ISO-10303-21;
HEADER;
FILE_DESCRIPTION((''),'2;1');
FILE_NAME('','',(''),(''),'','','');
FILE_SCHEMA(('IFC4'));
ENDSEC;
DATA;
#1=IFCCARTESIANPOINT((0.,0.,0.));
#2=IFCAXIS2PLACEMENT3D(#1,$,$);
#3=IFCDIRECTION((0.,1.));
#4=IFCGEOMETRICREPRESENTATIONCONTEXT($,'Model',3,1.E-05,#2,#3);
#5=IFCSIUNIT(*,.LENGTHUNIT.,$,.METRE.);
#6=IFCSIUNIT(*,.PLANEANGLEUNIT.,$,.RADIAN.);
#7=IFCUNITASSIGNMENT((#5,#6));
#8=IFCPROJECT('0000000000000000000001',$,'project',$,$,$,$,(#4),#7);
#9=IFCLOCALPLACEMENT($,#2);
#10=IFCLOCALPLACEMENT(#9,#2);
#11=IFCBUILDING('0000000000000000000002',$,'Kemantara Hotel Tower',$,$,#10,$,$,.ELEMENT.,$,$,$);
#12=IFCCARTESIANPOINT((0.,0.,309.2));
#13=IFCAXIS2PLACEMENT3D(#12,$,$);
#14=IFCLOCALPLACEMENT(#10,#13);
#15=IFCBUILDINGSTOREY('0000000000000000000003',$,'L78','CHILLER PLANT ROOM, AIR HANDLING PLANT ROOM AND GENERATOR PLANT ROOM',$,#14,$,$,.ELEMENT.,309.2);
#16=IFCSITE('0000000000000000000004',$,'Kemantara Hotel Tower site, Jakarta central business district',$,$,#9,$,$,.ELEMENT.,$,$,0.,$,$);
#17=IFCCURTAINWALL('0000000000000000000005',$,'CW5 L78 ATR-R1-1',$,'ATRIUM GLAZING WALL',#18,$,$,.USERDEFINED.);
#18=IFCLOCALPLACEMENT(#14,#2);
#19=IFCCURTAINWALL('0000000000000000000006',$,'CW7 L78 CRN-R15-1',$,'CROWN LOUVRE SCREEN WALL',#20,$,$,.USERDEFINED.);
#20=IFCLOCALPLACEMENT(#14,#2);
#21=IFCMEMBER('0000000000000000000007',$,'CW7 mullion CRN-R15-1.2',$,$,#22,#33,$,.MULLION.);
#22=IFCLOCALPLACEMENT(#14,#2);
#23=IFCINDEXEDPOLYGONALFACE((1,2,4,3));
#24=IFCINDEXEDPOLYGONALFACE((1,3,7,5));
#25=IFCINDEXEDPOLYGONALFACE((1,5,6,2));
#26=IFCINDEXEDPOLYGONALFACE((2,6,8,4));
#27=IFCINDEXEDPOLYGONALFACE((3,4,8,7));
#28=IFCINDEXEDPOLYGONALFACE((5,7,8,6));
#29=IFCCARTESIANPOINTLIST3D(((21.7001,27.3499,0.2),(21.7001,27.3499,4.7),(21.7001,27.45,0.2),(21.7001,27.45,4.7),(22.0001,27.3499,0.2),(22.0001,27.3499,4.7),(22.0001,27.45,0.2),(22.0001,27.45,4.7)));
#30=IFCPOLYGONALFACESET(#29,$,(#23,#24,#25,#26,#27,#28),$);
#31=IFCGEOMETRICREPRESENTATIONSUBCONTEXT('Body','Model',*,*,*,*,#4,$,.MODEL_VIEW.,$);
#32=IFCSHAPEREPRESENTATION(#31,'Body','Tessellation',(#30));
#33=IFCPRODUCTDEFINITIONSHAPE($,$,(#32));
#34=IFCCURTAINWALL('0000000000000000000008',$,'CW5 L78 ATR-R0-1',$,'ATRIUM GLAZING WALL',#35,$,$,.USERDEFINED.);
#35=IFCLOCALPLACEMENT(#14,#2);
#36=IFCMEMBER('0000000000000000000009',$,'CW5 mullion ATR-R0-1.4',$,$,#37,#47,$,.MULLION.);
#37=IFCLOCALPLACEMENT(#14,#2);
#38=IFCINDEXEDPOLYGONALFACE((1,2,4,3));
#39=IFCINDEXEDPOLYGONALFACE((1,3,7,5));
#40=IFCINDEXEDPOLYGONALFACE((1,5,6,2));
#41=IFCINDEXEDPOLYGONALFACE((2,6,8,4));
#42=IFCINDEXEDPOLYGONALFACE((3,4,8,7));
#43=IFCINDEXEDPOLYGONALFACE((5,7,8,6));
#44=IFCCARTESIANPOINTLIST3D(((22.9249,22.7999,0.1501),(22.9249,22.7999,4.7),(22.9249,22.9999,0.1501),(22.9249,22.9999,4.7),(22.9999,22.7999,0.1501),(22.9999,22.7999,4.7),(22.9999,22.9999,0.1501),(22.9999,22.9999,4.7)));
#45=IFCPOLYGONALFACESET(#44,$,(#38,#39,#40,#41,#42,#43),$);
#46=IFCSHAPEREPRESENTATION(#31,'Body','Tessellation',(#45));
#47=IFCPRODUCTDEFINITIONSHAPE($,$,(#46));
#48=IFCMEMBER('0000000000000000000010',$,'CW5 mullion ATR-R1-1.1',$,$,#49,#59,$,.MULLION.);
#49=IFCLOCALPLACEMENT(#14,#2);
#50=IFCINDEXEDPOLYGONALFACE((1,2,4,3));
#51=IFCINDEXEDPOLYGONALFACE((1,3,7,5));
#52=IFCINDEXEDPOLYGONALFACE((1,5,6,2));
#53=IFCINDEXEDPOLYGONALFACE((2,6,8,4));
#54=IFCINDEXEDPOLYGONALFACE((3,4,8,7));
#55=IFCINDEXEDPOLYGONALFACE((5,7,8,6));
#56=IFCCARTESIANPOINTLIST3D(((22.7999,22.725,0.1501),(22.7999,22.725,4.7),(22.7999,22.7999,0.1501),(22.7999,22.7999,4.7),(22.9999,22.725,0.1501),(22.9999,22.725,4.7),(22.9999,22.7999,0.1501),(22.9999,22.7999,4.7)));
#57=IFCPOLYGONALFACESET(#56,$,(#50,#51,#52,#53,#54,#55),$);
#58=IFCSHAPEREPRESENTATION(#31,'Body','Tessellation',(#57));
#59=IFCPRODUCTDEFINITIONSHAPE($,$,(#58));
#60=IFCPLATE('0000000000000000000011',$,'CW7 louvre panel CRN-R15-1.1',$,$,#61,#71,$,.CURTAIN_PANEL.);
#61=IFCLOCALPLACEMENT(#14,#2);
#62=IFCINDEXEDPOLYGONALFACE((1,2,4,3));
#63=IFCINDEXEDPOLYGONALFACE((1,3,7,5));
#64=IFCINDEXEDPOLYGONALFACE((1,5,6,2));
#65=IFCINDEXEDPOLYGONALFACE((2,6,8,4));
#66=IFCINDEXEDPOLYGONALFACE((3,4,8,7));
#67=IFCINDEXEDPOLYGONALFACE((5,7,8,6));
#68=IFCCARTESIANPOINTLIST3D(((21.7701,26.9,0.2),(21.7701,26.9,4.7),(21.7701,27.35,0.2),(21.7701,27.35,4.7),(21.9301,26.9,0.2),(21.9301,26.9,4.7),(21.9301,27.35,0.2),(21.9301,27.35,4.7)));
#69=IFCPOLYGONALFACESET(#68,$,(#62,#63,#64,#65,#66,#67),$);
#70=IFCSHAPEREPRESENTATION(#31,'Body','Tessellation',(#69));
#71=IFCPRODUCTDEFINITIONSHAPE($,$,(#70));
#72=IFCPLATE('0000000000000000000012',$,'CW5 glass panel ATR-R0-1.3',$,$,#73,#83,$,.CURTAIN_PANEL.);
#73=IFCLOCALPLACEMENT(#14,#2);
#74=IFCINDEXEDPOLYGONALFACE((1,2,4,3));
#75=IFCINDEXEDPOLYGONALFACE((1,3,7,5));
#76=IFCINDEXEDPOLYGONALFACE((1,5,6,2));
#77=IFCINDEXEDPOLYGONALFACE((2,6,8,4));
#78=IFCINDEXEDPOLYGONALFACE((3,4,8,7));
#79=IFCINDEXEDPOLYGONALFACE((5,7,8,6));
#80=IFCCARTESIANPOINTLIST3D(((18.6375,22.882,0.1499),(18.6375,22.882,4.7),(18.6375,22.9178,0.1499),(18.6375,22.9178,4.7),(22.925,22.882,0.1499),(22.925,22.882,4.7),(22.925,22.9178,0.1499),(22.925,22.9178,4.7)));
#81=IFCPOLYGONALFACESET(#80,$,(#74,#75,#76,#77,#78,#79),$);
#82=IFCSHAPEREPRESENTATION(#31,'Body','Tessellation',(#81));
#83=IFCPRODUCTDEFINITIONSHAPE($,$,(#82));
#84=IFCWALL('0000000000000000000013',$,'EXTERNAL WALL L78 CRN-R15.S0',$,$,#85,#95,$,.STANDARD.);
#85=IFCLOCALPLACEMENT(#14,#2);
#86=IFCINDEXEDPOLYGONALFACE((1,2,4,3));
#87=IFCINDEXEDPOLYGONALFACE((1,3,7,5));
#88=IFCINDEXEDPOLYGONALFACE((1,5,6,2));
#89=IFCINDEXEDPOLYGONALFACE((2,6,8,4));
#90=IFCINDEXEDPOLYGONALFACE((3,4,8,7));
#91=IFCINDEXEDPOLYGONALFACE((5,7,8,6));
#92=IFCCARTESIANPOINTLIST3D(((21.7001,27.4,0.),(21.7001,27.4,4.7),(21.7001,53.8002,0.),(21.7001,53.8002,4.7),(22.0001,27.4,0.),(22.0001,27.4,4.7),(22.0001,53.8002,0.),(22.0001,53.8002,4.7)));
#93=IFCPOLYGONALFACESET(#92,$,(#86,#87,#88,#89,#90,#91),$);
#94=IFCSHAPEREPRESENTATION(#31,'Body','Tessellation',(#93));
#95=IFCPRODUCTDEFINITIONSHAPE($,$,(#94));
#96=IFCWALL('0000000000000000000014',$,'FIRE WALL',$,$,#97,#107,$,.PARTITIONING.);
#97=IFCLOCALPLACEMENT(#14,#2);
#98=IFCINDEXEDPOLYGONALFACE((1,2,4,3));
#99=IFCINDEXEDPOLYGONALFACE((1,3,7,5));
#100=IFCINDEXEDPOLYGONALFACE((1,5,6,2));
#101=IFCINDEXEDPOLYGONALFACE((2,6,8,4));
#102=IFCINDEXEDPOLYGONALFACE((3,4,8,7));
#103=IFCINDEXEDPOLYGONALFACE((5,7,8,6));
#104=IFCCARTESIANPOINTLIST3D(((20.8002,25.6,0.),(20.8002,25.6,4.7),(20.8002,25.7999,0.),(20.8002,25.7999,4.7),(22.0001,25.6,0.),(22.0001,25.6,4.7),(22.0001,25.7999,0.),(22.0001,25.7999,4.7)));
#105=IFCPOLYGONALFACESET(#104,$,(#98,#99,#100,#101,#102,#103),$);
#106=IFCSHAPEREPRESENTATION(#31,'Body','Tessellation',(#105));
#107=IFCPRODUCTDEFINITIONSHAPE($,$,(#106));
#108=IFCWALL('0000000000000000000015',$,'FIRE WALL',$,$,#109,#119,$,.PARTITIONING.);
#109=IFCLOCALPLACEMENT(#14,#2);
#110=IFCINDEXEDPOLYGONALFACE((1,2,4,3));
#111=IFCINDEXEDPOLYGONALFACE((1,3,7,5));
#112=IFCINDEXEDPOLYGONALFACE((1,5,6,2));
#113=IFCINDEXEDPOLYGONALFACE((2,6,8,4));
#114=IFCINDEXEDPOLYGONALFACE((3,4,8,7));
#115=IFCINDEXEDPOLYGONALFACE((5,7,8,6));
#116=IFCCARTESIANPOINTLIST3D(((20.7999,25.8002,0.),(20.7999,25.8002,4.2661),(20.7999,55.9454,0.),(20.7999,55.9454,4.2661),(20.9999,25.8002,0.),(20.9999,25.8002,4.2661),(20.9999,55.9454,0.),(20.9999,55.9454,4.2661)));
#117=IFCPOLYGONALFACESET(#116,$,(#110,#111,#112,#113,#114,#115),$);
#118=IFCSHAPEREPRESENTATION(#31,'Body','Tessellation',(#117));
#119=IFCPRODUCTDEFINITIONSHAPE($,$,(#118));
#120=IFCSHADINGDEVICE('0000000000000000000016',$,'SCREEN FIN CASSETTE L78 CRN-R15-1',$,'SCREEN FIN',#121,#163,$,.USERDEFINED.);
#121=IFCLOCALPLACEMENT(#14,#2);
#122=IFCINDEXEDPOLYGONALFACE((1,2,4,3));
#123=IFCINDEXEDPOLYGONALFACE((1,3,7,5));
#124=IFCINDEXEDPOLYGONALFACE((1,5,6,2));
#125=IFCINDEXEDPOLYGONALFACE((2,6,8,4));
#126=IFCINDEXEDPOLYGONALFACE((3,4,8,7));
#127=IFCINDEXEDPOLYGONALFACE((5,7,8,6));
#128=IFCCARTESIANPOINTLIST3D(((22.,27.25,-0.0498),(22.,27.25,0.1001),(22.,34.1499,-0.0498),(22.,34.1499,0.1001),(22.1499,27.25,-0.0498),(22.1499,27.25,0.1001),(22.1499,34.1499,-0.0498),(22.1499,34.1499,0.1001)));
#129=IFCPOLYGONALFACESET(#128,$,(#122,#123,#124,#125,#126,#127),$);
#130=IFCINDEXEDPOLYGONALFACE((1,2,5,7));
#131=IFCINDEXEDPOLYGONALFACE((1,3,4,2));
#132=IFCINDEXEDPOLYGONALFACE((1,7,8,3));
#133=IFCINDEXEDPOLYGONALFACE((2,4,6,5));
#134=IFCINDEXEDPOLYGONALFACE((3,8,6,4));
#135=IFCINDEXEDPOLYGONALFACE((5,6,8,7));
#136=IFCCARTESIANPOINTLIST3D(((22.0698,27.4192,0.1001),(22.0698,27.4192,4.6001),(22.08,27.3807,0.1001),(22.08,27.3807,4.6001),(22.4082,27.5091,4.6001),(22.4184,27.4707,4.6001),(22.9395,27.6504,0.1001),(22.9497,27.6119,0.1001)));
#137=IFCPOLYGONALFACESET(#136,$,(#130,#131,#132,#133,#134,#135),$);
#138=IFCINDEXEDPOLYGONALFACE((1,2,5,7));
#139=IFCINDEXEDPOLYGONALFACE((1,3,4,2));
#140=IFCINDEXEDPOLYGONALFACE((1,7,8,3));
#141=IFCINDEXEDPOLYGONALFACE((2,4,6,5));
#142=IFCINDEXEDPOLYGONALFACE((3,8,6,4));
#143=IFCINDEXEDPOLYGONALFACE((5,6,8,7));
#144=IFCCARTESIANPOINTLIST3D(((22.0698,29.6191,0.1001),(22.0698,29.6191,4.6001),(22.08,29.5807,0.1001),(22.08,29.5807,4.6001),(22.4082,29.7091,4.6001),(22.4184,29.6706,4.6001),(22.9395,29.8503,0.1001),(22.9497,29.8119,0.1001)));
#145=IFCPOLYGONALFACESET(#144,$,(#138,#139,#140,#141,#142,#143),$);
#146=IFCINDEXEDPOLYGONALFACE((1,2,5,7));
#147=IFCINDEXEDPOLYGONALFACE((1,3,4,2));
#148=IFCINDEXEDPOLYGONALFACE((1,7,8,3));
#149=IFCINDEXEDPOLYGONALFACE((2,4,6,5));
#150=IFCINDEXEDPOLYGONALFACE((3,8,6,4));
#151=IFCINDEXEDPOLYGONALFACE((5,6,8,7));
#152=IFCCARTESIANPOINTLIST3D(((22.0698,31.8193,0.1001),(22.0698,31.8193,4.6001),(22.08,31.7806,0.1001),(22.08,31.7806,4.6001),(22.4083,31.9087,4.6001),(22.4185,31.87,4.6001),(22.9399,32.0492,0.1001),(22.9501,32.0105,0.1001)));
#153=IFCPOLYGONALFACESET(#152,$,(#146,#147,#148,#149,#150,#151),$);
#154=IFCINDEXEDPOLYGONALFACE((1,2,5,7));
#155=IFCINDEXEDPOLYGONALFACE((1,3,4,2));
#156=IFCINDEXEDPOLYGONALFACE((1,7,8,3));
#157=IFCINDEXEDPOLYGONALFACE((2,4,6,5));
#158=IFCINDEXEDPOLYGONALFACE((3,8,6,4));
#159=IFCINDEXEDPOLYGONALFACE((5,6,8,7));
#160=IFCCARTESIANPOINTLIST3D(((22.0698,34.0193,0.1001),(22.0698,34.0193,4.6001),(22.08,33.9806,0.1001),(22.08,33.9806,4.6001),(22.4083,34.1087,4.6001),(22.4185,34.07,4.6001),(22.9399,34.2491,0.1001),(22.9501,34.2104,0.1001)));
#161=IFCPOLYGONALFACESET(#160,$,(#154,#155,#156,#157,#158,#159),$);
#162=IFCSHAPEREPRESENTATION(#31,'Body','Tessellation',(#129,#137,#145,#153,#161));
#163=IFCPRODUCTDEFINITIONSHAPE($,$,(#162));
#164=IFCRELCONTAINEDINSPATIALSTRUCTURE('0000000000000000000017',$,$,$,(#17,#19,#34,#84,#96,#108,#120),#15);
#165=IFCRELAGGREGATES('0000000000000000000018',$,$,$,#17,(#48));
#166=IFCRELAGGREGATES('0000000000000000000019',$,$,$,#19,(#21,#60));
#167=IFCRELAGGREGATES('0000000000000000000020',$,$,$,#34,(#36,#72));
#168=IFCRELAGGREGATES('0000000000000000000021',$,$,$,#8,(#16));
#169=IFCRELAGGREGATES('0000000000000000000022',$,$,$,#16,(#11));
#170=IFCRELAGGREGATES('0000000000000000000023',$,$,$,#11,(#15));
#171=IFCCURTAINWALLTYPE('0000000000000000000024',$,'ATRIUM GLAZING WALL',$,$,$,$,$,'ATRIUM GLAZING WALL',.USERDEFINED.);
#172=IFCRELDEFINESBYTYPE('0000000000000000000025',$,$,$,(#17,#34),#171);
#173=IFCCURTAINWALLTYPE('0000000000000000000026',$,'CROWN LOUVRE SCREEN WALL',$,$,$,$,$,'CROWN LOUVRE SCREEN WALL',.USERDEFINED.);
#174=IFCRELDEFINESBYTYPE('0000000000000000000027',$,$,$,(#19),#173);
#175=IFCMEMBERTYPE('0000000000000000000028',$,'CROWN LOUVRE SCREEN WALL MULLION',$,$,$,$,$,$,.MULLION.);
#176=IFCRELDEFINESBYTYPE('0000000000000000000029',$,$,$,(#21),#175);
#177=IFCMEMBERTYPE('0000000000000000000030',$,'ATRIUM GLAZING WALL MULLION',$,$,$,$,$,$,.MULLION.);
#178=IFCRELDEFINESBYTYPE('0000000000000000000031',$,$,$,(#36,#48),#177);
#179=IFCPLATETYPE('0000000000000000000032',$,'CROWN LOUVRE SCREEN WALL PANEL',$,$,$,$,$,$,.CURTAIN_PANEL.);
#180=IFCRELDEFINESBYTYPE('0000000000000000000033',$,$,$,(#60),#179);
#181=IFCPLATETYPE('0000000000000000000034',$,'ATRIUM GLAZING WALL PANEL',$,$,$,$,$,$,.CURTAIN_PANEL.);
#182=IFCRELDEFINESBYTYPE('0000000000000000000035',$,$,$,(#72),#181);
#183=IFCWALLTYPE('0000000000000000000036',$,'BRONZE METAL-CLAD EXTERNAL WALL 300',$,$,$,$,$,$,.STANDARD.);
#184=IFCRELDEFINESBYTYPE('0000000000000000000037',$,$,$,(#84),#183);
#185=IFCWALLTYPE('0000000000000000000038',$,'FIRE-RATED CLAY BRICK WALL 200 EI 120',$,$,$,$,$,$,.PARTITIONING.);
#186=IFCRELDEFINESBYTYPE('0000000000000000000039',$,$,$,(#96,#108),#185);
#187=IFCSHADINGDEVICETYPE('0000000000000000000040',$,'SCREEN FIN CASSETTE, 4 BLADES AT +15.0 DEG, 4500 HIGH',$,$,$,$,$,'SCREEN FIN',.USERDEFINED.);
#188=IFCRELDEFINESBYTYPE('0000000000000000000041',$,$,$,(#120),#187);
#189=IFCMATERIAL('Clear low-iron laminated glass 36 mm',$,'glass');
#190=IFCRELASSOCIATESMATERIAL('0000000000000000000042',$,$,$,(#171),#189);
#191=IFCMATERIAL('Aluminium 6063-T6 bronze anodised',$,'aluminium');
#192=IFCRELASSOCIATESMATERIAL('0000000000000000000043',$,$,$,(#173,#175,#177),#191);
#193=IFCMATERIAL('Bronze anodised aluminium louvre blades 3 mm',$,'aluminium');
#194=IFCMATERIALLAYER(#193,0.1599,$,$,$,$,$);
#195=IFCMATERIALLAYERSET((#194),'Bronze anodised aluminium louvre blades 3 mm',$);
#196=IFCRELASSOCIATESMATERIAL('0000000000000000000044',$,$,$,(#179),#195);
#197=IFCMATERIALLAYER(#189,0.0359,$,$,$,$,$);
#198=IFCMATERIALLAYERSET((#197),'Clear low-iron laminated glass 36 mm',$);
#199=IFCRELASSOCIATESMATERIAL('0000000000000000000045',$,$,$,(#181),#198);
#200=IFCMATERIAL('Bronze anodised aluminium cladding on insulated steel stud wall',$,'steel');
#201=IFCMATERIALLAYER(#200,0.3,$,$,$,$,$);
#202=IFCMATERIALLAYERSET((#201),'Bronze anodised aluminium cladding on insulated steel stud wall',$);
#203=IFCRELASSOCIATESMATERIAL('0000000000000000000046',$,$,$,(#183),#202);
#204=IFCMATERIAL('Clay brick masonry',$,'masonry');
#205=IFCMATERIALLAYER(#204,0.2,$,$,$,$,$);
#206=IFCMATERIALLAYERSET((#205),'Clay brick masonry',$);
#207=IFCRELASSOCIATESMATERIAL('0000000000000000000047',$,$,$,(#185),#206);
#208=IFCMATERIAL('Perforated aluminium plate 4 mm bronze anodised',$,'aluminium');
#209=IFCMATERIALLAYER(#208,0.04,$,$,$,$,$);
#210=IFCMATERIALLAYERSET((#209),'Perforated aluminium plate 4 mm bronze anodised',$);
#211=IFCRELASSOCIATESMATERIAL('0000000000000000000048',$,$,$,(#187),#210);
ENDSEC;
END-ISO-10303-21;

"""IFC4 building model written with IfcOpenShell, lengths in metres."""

from ifc_helpers import new_model, si_unit, direction, frame, frame_2d, origin, origin_2d, place, context, subcontext, project, spatial, polyline, rectangle, outline, extrude, source, transform, mapped, material, layer, layer_set, material_profile, profile_set, type_object, element, aggregate, save


model = new_model("IFC4")

# Units and contexts
model_context = context("Model", 3, precision=1e-05, world=origin(), true_north=direction((0.0, 1.0)))
body_context = subcontext(model_context, "Body", "Model", "MODEL_VIEW")
ifc_project = project(units=[si_unit("LENGTHUNIT", "METRE"), si_unit("PLANEANGLEUNIT", "RADIAN")], contexts=[model_context])

# Site, building, storey
site_placement = place(None, origin())
site = spatial("IfcSite", under=ifc_project, at=site_placement, Name="Kemantara Hotel Tower site, Jakarta central business district", CompositionType="ELEMENT", RefElevation=0.0)
building_placement = place(site_placement, origin())
building = spatial("IfcBuilding", under=site, at=building_placement, Name="Kemantara Hotel Tower", CompositionType="ELEMENT")
storey_placement = place(building_placement, frame((0.0, 0.0, 309.2)))
storey = spatial("IfcBuildingStorey", under=building, at=storey_placement, Name="L78", Description="CHILLER PLANT ROOM, AIR HANDLING PLANT ROOM AND GENERATOR PLANT ROOM", CompositionType="ELEMENT", Elevation=309.2)

# Curtain walls
ifc_material_1 = material(Name="Clear low-iron laminated glass 36 mm", Category="glass")
curtain_wall_type_1 = type_object("IfcCurtainWallType", Name="ATRIUM GLAZING WALL", ElementType="ATRIUM GLAZING WALL", PredefinedType="USERDEFINED", material=ifc_material_1)
curtain_wall_1_placement = place(storey_placement, origin())
curtain_wall_1 = element("IfcCurtainWall", 1, at=curtain_wall_1_placement, inside=storey, type_object=curtain_wall_type_1, Name="CW5 L78 ATR-R1-1", ObjectType="ATRIUM GLAZING WALL", PredefinedType="USERDEFINED")
ifc_material_2 = material(Name="Aluminium 6063-T6 bronze anodised", Category="aluminium")
curtain_wall_type_2 = type_object("IfcCurtainWallType", Name="CROWN LOUVRE SCREEN WALL", ElementType="CROWN LOUVRE SCREEN WALL", PredefinedType="USERDEFINED", material=ifc_material_2)
curtain_wall_2_placement = place(storey_placement, origin())
curtain_wall_2 = element("IfcCurtainWall", 2, at=curtain_wall_2_placement, inside=storey, type_object=curtain_wall_type_2, Name="CW7 L78 CRN-R15-1", ObjectType="CROWN LOUVRE SCREEN WALL", PredefinedType="USERDEFINED")

# Member
ifc_material_profile_1 = material_profile(ifc_material_2, rectangle(XDim=0.3, YDim=0.1001, at=origin_2d()), Name="CROWN LOUVRE SCREEN WALL MULLION")
ifc_profile_set_1 = profile_set([ifc_material_profile_1], Name="Aluminium 6063-T6 bronze anodised")
member_type_1 = type_object("IfcMemberType", Name="CROWN LOUVRE SCREEN WALL MULLION", PredefinedType="MULLION", material=ifc_profile_set_1)
shared_shape_1 = source(origin(), body_context, "Body", "SweptSolid", [
    extrude(rectangle(XDim=0.3, YDim=0.1001, at=origin_2d()), origin(), (0.0, 0.0, 1.0), 4.5),
])
member_1_placement = place(storey_placement, frame((21.8501, 27.3999, 0.2), z_axis=(0.0, 0.0, 1.0), x_axis=(-1.0, 0.0, 0.0)))
member_1 = element("IfcMember", 3, at=member_1_placement, type_object=member_type_1, Name="CW7 mullion CRN-R15-1.2", PredefinedType="MULLION", context=body_context, shape_type="MappedRepresentation", body=[
    mapped(shared_shape_1, transform((0.0, 0.0, 0.0))),
])

# Curtain wall, member
curtain_wall_3_placement = place(storey_placement, origin())
curtain_wall_3 = element("IfcCurtainWall", 4, at=curtain_wall_3_placement, inside=storey, type_object=curtain_wall_type_1, Name="CW5 L78 ATR-R0-1", ObjectType="ATRIUM GLAZING WALL", PredefinedType="USERDEFINED")
ifc_material_profile_2 = material_profile(ifc_material_2, rectangle(XDim=0.2, YDim=0.075, at=origin_2d()), Name="ATRIUM GLAZING WALL MULLION")
ifc_profile_set_2 = profile_set([ifc_material_profile_2], Name="Aluminium 6063-T6 bronze anodised")
member_type_2 = type_object("IfcMemberType", Name="ATRIUM GLAZING WALL MULLION", PredefinedType="MULLION", material=ifc_profile_set_2)
shared_shape_2 = source(origin(), body_context, "Body", "SweptSolid", [
    extrude(rectangle(XDim=0.2, YDim=0.075, at=origin_2d()), origin(), (0.0, 0.0, 1.0), 4.5498),
])
member_2_placement = place(storey_placement, frame((22.9624, 22.8999, 0.1501), z_axis=(0.0, 0.0, 1.0), x_axis=(0.0, 1.0, 0.0)))
member_2 = element("IfcMember", 5, at=member_2_placement, type_object=member_type_2, Name="CW5 mullion ATR-R0-1.4", PredefinedType="MULLION", context=body_context, shape_type="MappedRepresentation", body=[
    mapped(shared_shape_2, transform((0.0, 0.0, 0.0))),
])

# Member
member_3_placement = place(storey_placement, frame((22.8999, 22.7625, 0.1501), z_axis=(0.0, 0.0, 1.0), x_axis=(1.0, 0.0, 0.0)))
member_3 = element("IfcMember", 6, at=member_3_placement, type_object=member_type_2, Name="CW5 mullion ATR-R1-1.1", PredefinedType="MULLION", context=body_context, shape_type="MappedRepresentation", body=[
    mapped(shared_shape_2, transform((0.0, 0.0, 0.0))),
])
aggregate(curtain_wall_1, [member_3])

# Plates
ifc_material_3 = material(Name="Bronze anodised aluminium louvre blades 3 mm", Category="aluminium")
ifc_layer_1 = layer(ifc_material_3, 0.1599)
ifc_layer_set_1 = layer_set([ifc_layer_1], Name="Bronze anodised aluminium louvre blades 3 mm")
plate_type_1 = type_object("IfcPlateType", Name="CROWN LOUVRE SCREEN WALL PANEL", PredefinedType="CURTAIN_PANEL", material=ifc_layer_set_1)
shared_shape_3 = source(origin(), body_context, "Body", "SweptSolid", [
    extrude(rectangle(XDim=0.45, YDim=0.1599, at=origin_2d()), origin(), (0.0, 0.0, 1.0), 4.5),
])
plate_1_placement = place(storey_placement, frame((21.8501, 27.125, 0.2), z_axis=(0.0, 0.0, 1.0), x_axis=(0.0, 1.0, 0.0)))
plate_1 = element("IfcPlate", 7, at=plate_1_placement, type_object=plate_type_1, Name="CW7 louvre panel CRN-R15-1.1", PredefinedType="CURTAIN_PANEL", context=body_context, shape_type="MappedRepresentation", body=[
    mapped(shared_shape_3, transform((0.0, 0.0, 0.0))),
])
aggregate(curtain_wall_2, [member_1, plate_1])
ifc_layer_2 = layer(ifc_material_1, 0.0359)
ifc_layer_set_2 = layer_set([ifc_layer_2], Name="Clear low-iron laminated glass 36 mm")
plate_type_2 = type_object("IfcPlateType", Name="ATRIUM GLAZING WALL PANEL", PredefinedType="CURTAIN_PANEL", material=ifc_layer_set_2)
shared_shape_4 = source(origin(), body_context, "Body", "SweptSolid", [
    extrude(rectangle(XDim=4.2876, YDim=0.0359, at=origin_2d()), origin(), (0.0, 0.0, 1.0), 4.55),
])
plate_2_placement = place(storey_placement, frame((20.7812, 22.8999, 0.1499), z_axis=(0.0, 0.0, 1.0), x_axis=(1.0, 0.0, 0.0)))
plate_2 = element("IfcPlate", 8, at=plate_2_placement, type_object=plate_type_2, Name="CW5 glass panel ATR-R0-1.3", PredefinedType="CURTAIN_PANEL", context=body_context, shape_type="MappedRepresentation", body=[
    mapped(shared_shape_4, transform((0.0, 0.0, 0.0))),
])
aggregate(curtain_wall_3, [member_2, plate_2])

# Walls
ifc_material_4 = material(Name="Bronze anodised aluminium cladding on insulated steel stud wall", Category="steel")
ifc_layer_3 = layer(ifc_material_4, 0.3)
ifc_layer_set_3 = layer_set([ifc_layer_3], Name="Bronze anodised aluminium cladding on insulated steel stud wall")
wall_type_1 = type_object("IfcWallType", Name="BRONZE METAL-CLAD EXTERNAL WALL 300", PredefinedType="STANDARD", material=ifc_layer_set_3)
wall_1_placement = place(storey_placement, frame((21.8501, 27.3999, 0.0), z_axis=(0.0, 0.0, 1.0), x_axis=(0.0, 1.0, 0.0)))
element("IfcWall", 9, at=wall_1_placement, inside=storey, type_object=wall_type_1, Name="EXTERNAL WALL L78 CRN-R15.S0", PredefinedType="STANDARD", context=body_context, shape_type="SweptSolid", body=[
    extrude(rectangle(XDim=26.4001, YDim=0.3, at=frame_2d((13.2002, 0.0))), origin(), (0.0, 0.0, 1.0), 4.7),
])
ifc_material_5 = material(Name="Clay brick masonry", Category="masonry")
ifc_layer_4 = layer(ifc_material_5, 0.2)
ifc_layer_set_4 = layer_set([ifc_layer_4], Name="Clay brick masonry")
wall_type_2 = type_object("IfcWallType", Name="FIRE-RATED CLAY BRICK WALL 200 EI 120", PredefinedType="PARTITIONING", material=ifc_layer_set_4)
wall_2_placement = place(storey_placement, frame((20.8, 25.7, 0.0), z_axis=(0.0, 0.0, 1.0), x_axis=(1.0, 0.0, 0.0)))
element("IfcWall", 10, at=wall_2_placement, inside=storey, type_object=wall_type_2, Name="FIRE WALL", PredefinedType="PARTITIONING", context=body_context, shape_type="SweptSolid", body=[
    extrude(rectangle(XDim=1.2, YDim=0.2, at=frame_2d((0.6001, 0.0))), origin(), (0.0, 0.0, 1.0), 4.7),
])
wall_3_placement = place(storey_placement, frame((20.8999, 25.8, 0.0), z_axis=(0.0, 0.0, 1.0), x_axis=(0.0, 1.0, 0.0)))
element("IfcWall", 11, at=wall_3_placement, inside=storey, type_object=wall_type_2, Name="FIRE WALL", PredefinedType="PARTITIONING", context=body_context, shape_type="SweptSolid", body=[
    extrude(rectangle(XDim=30.1453, YDim=0.2, at=frame_2d((15.0728, 0.0))), origin(), (0.0, 0.0, 1.0), 4.2661),
])

# Shading device
ifc_material_6 = material(Name="Perforated aluminium plate 4 mm bronze anodised", Category="aluminium")
ifc_layer_5 = layer(ifc_material_6, 0.04)
ifc_layer_set_5 = layer_set([ifc_layer_5], Name="Perforated aluminium plate 4 mm bronze anodised")
shading_device_type_1 = type_object("IfcShadingDeviceType", Name="SCREEN FIN CASSETTE, 4 BLADES AT +15.0 DEG, 4500 HIGH", ElementType="SCREEN FIN", PredefinedType="USERDEFINED", material=ifc_layer_set_5)
shared_shape_5 = source(origin(), body_context, "Body", "SweptSolid", [
    extrude(rectangle(XDim=6.8999, YDim=0.1499, at=origin_2d()), frame((3.3, -0.075, -0.1499), z_axis=(0.0, 0.0, 1.0), x_axis=(1.0, 0.0, 0.0)), (0.0, 0.0, 1.0), 0.1499),
    extrude(outline(polyline([(0.0, 0.0), (0.8999, 0.0), (0.3501, 4.5), (0.0, 4.5), (0.0, 0.0)])), frame((0.0193, -0.0698, 0.0), z_axis=(-0.966438, -0.256901, 0.0), x_axis=(0.256901, -0.966438, 0.0)), (0.0, 0.0, 1.0), 0.0398),
    extrude(outline(polyline([(0.0, 0.0), (0.8999, 0.0), (0.3501, 4.5), (0.0, 4.5), (0.0, 0.0)])), frame((2.2192, -0.0698, 0.0), z_axis=(-0.966438, -0.256901, 0.0), x_axis=(0.256901, -0.966438, 0.0)), (0.0, 0.0, 1.0), 0.0398),
    extrude(outline(polyline([(0.0, 0.0), (0.8999, 0.0), (0.3501, 4.5), (0.0, 4.5), (0.0, 0.0)])), frame((4.4194, -0.0698, 0.0), z_axis=(-0.966838, -0.255391, 0.0), x_axis=(0.255391, -0.966838, 0.0)), (0.0, 0.0, 1.0), 0.04),
    extrude(outline(polyline([(0.0, 0.0), (0.8999, 0.0), (0.3501, 4.5), (0.0, 4.5), (0.0, 0.0)])), frame((6.6194, -0.0698, 0.0), z_axis=(-0.966838, -0.255391, 0.0), x_axis=(0.255391, -0.966838, 0.0)), (0.0, 0.0, 1.0), 0.04),
])
shading_device_1_placement = place(storey_placement, frame((22.0, 27.3999, 0.1001), z_axis=(0.0, 0.0, 1.0), x_axis=(0.0, 1.0, 0.0)))
element("IfcShadingDevice", 12, at=shading_device_1_placement, inside=storey, type_object=shading_device_type_1, Name="SCREEN FIN CASSETTE L78 CRN-R15-1", ObjectType="SCREEN FIN", PredefinedType="USERDEFINED", context=body_context, shape_type="MappedRepresentation", body=[
    mapped(shared_shape_5, transform((0.0, 0.0, 0.0))),
])

save(model, "model.ifc")
